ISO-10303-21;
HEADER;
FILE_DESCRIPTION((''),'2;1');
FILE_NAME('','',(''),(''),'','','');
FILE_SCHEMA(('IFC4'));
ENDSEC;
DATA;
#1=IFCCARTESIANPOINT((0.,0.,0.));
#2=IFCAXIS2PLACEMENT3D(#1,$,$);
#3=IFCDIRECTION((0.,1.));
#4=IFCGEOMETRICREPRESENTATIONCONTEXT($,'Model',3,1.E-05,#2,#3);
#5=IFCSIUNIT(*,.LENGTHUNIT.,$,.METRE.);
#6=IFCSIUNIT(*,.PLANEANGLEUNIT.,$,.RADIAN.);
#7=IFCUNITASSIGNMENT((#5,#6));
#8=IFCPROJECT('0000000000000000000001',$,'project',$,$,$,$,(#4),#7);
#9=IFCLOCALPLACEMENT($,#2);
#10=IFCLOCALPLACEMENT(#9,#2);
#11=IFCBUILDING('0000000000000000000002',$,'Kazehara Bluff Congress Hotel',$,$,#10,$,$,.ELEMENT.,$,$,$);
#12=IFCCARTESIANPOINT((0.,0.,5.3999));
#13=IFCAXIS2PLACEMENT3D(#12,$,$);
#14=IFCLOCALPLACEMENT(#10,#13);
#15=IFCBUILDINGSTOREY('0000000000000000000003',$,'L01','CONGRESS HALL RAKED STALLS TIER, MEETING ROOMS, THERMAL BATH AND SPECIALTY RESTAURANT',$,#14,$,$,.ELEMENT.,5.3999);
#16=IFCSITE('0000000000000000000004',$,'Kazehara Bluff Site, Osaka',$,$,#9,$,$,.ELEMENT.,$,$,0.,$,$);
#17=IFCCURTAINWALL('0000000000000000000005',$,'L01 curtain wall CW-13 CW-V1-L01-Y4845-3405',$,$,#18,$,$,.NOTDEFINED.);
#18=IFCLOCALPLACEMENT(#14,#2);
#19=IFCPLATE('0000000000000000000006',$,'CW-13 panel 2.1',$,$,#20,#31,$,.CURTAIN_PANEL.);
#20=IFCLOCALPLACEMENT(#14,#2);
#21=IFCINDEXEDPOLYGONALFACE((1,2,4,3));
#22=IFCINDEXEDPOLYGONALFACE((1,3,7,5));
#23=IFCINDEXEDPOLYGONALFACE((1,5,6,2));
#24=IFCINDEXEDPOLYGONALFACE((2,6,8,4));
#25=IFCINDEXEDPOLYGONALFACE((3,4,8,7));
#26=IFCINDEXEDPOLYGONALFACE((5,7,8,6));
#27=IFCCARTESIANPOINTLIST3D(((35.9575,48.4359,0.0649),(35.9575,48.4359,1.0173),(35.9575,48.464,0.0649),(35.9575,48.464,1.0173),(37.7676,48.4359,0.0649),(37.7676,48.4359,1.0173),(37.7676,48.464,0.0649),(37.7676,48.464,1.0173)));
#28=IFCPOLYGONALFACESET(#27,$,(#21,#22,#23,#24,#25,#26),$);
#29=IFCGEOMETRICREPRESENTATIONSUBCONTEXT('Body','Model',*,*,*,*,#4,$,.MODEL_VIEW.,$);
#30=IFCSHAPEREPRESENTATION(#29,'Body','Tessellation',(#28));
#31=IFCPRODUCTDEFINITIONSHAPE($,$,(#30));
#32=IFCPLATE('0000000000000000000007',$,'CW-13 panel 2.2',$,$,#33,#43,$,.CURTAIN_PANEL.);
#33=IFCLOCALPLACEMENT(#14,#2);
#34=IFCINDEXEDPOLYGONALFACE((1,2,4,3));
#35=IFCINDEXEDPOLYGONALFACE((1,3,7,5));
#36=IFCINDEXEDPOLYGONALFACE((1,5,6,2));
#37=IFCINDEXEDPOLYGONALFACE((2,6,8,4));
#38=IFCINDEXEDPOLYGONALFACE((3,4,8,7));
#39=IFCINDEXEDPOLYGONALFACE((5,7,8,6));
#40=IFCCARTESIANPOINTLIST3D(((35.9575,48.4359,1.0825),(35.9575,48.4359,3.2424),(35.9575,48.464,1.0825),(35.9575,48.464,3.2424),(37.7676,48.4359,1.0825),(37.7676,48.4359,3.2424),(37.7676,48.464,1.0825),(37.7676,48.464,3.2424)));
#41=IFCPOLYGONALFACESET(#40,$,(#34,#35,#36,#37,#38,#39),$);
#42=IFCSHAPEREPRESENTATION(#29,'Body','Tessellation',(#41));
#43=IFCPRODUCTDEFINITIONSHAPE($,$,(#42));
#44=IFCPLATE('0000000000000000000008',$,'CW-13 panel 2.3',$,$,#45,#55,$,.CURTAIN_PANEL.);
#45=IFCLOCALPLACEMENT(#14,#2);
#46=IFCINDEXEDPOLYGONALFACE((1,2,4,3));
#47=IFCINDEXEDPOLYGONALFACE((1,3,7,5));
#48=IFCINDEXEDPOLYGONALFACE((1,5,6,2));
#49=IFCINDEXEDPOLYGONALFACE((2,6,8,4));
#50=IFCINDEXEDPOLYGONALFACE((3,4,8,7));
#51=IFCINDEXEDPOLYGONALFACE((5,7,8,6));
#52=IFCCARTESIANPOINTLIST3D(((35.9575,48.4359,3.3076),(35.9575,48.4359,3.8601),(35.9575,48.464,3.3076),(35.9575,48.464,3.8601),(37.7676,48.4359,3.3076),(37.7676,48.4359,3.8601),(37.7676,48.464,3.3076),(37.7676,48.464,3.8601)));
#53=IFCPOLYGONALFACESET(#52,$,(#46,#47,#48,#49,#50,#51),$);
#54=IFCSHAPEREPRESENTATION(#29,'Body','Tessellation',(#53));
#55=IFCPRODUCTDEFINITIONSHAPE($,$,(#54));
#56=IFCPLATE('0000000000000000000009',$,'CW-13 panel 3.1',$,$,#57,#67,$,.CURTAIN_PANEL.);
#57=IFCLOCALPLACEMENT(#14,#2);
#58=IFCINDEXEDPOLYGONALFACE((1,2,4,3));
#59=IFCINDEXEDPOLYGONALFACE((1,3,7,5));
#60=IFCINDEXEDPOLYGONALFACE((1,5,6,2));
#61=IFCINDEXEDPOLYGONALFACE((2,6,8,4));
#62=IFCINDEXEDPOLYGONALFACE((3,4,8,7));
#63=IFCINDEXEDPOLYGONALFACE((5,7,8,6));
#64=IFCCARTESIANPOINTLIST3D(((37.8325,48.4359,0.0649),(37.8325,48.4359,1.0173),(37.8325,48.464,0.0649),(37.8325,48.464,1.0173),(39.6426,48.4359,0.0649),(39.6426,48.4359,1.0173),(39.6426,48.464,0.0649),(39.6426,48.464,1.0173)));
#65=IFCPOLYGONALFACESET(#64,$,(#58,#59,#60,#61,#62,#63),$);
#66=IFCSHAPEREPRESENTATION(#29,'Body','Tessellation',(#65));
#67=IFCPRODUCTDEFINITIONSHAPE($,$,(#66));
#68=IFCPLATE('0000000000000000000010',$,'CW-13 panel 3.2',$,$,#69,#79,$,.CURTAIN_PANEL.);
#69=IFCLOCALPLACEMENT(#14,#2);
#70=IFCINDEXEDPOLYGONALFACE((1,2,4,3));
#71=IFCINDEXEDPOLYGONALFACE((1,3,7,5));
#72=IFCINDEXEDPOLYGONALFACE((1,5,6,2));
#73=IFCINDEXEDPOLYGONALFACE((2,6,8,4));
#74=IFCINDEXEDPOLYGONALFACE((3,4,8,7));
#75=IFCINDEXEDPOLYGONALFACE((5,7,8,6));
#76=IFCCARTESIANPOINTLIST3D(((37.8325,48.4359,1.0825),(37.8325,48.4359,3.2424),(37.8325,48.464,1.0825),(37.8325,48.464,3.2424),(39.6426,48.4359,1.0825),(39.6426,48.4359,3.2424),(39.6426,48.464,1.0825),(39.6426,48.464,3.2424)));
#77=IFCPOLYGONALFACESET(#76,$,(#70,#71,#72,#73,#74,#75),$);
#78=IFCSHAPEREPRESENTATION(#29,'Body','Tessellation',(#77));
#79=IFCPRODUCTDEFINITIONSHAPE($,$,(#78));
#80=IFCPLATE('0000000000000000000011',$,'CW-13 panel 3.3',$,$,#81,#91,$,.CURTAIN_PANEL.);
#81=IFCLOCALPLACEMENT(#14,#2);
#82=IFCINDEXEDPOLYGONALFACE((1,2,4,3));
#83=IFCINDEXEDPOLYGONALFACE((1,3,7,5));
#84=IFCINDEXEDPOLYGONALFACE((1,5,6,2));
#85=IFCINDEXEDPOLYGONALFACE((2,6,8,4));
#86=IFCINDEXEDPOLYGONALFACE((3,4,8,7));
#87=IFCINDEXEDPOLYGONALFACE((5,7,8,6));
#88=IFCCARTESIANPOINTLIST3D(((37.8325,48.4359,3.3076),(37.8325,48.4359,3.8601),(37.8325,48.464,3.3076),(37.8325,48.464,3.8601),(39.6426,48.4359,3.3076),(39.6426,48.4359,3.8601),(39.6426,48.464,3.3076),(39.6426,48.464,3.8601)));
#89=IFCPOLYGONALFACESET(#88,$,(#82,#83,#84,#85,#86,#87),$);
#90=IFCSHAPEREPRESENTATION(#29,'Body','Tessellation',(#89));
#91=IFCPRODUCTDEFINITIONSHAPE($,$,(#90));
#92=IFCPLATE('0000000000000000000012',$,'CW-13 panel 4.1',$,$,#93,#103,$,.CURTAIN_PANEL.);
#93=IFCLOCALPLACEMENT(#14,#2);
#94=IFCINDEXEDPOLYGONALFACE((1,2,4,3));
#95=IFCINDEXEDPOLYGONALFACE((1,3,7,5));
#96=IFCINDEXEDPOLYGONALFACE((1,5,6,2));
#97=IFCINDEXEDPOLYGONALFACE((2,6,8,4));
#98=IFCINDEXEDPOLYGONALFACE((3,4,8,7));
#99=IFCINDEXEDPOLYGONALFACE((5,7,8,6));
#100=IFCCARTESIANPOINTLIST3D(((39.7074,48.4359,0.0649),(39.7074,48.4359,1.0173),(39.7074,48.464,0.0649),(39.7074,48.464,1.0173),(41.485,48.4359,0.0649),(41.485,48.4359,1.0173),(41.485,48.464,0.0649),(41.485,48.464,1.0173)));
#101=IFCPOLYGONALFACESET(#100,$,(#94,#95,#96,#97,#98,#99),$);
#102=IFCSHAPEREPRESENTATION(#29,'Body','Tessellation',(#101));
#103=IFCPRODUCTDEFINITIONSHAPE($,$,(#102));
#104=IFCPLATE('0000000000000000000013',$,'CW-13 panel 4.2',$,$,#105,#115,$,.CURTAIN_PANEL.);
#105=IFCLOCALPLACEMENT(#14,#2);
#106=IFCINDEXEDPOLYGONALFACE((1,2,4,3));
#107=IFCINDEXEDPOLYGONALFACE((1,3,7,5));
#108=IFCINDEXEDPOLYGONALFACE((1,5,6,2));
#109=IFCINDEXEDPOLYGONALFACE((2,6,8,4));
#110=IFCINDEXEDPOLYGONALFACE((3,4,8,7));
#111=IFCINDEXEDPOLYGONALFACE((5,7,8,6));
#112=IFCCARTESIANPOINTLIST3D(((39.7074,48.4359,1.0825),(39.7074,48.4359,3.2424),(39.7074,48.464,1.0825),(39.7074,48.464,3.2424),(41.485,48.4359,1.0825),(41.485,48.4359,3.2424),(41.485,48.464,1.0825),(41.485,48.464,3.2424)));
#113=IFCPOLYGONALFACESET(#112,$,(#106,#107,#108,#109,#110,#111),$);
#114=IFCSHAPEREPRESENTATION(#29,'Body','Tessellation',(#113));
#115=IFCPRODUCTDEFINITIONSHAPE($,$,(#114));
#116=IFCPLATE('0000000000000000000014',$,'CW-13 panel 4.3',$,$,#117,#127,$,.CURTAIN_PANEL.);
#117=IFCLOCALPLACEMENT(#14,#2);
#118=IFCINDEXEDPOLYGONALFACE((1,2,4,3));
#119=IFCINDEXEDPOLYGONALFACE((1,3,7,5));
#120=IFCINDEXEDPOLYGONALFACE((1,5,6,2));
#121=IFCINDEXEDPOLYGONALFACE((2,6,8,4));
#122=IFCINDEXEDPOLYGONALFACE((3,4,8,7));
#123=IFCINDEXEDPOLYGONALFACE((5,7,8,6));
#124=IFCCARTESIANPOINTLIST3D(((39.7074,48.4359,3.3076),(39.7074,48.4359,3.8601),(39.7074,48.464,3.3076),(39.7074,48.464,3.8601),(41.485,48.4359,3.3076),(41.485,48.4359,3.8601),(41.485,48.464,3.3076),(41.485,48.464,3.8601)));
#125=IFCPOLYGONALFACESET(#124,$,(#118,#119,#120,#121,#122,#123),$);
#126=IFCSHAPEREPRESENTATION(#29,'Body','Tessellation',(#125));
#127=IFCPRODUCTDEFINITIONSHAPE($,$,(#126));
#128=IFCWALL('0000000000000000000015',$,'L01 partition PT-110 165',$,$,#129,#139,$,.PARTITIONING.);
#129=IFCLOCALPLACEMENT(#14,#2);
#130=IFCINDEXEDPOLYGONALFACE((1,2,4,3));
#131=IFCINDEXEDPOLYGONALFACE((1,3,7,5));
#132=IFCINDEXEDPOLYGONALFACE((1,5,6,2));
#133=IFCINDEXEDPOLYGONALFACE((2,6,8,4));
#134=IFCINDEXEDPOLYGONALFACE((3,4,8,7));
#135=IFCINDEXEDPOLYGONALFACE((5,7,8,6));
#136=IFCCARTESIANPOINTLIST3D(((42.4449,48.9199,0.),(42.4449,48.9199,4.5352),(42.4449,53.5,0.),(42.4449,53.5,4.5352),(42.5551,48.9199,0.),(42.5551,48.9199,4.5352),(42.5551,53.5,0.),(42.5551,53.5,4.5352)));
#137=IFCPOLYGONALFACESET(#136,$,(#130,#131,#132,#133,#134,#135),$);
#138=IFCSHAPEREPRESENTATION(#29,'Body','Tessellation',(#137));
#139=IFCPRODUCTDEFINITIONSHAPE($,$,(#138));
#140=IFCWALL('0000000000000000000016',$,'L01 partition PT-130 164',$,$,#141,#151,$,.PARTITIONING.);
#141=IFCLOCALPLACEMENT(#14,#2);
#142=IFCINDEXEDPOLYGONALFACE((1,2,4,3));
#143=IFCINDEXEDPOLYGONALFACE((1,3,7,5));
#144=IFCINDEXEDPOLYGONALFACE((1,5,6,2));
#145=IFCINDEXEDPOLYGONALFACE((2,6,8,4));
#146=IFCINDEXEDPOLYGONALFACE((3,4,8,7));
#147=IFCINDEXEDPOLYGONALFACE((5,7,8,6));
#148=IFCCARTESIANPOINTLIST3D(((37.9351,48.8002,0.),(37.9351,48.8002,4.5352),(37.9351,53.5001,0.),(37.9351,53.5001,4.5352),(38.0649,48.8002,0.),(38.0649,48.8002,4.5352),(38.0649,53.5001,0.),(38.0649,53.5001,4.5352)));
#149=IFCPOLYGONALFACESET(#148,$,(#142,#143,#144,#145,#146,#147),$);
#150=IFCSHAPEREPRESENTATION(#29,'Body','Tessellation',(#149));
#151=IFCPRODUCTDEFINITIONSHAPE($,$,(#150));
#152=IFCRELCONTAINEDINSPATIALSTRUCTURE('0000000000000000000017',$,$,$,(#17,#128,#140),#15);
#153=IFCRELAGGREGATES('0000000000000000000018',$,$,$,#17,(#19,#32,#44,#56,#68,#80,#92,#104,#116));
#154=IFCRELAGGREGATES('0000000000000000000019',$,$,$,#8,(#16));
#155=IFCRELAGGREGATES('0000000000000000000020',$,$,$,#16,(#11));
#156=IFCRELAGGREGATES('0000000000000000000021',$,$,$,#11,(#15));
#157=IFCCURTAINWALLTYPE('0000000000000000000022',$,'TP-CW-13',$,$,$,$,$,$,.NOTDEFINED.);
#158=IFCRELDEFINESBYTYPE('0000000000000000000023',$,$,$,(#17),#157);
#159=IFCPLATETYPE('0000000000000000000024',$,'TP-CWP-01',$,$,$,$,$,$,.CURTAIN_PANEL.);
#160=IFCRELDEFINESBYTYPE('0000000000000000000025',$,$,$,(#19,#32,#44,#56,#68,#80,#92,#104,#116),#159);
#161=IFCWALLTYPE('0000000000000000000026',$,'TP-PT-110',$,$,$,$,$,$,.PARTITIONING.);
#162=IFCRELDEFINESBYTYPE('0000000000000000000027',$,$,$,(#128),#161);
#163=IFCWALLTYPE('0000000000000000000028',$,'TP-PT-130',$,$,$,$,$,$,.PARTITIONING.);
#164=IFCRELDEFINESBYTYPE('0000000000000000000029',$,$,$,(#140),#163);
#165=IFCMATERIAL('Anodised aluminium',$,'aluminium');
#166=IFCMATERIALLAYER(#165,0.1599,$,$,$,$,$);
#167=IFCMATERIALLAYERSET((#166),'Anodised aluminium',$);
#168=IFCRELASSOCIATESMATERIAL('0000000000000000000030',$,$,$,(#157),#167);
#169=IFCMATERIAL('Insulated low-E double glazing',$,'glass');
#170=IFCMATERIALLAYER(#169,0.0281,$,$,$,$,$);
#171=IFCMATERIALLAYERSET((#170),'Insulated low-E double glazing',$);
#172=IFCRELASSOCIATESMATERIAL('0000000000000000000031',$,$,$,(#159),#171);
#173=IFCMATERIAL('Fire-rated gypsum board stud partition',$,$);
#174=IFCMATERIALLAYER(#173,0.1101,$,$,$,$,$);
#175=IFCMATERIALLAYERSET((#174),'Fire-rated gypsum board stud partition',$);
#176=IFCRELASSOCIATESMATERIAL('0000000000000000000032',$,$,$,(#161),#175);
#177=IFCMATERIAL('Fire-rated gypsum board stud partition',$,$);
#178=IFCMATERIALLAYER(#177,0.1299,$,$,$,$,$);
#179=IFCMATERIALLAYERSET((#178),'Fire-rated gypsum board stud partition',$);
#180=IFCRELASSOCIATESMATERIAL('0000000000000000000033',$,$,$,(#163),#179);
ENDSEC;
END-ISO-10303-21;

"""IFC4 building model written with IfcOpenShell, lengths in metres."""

from ifc_helpers import new_model, si_unit, direction, frame, frame_2d, origin, origin_2d, place, context, subcontext, project, spatial, rectangle, extrude, material, layer, layer_set, type_object, element, aggregate, save


model = new_model("IFC4")

# Units and contexts
model_context = context("Model", 3, precision=1e-05, world=origin(), true_north=direction((0.0, 1.0)))
body_context = subcontext(model_context, "Body", "Model", "MODEL_VIEW")
ifc_project = project(units=[si_unit("LENGTHUNIT", "METRE"), si_unit("PLANEANGLEUNIT", "RADIAN")], contexts=[model_context])

# Site, building, storey
site_placement = place(None, origin())
site = spatial("IfcSite", under=ifc_project, at=site_placement, Name="Kazehara Bluff Site, Osaka", CompositionType="ELEMENT", RefElevation=0.0)
building_placement = place(site_placement, origin())
building = spatial("IfcBuilding", under=site, at=building_placement, Name="Kazehara Bluff Congress Hotel", CompositionType="ELEMENT")
storey_placement = place(building_placement, frame((0.0, 0.0, 5.3999)))
storey = spatial("IfcBuildingStorey", under=building, at=storey_placement, Name="L01", Description="CONGRESS HALL RAKED STALLS TIER, MEETING ROOMS, THERMAL BATH AND SPECIALTY RESTAURANT", CompositionType="ELEMENT", Elevation=5.3999)

# Curtain wall
ifc_material_1 = material(Name="Anodised aluminium", Category="aluminium")
ifc_layer_1 = layer(ifc_material_1, 0.1599)
ifc_layer_set_1 = layer_set([ifc_layer_1], Name="Anodised aluminium")
curtain_wall_type = type_object("IfcCurtainWallType", Name="TP-CW-13", PredefinedType="NOTDEFINED", material=ifc_layer_set_1)
curtain_wall_1_placement = place(storey_placement, origin())
curtain_wall_1 = element("IfcCurtainWall", 1, at=curtain_wall_1_placement, inside=storey, type_object=curtain_wall_type, Name="L01 curtain wall CW-13 CW-V1-L01-Y4845-3405", PredefinedType="NOTDEFINED")

# Plates
ifc_material_2 = material(Name="Insulated low-E double glazing", Category="glass")
ifc_layer_2 = layer(ifc_material_2, 0.0281)
ifc_layer_set_2 = layer_set([ifc_layer_2], Name="Insulated low-E double glazing")
plate_type = type_object("IfcPlateType", Name="TP-CWP-01", PredefinedType="CURTAIN_PANEL", material=ifc_layer_set_2)
plate_1_placement = place(storey_placement, frame((36.8625, 48.45, 0.0649), z_axis=(0.0, 0.0, 1.0), x_axis=(1.0, 0.0, 0.0)))
plate_1 = element("IfcPlate", 2, at=plate_1_placement, type_object=plate_type, Name="CW-13 panel 2.1", PredefinedType="CURTAIN_PANEL", context=body_context, shape_type="SweptSolid", body=[
    extrude(rectangle(XDim=1.8101, YDim=0.0281, at=origin_2d()), origin(), (0.0, 0.0, 1.0), 0.9524),
])
plate_2_placement = place(storey_placement, frame((36.8625, 48.45, 1.0825), z_axis=(0.0, 0.0, 1.0), x_axis=(1.0, 0.0, 0.0)))
plate_2 = element("IfcPlate", 3, at=plate_2_placement, type_object=plate_type, Name="CW-13 panel 2.2", PredefinedType="CURTAIN_PANEL", context=body_context, shape_type="SweptSolid", body=[
    extrude(rectangle(XDim=1.8101, YDim=0.0281, at=origin_2d()), origin(), (0.0, 0.0, 1.0), 2.1599),
])
plate_3_placement = place(storey_placement, frame((36.8625, 48.45, 3.3076), z_axis=(0.0, 0.0, 1.0), x_axis=(1.0, 0.0, 0.0)))
plate_3 = element("IfcPlate", 4, at=plate_3_placement, type_object=plate_type, Name="CW-13 panel 2.3", PredefinedType="CURTAIN_PANEL", context=body_context, shape_type="SweptSolid", body=[
    extrude(rectangle(XDim=1.8101, YDim=0.0281, at=origin_2d()), origin(), (0.0, 0.0, 1.0), 0.5525),
])
plate_4_placement = place(storey_placement, frame((38.7375, 48.45, 0.0649), z_axis=(0.0, 0.0, 1.0), x_axis=(1.0, 0.0, 0.0)))
plate_4 = element("IfcPlate", 5, at=plate_4_placement, type_object=plate_type, Name="CW-13 panel 3.1", PredefinedType="CURTAIN_PANEL", context=body_context, shape_type="SweptSolid", body=[
    extrude(rectangle(XDim=1.8101, YDim=0.0281, at=origin_2d()), origin(), (0.0, 0.0, 1.0), 0.9524),
])
plate_5_placement = place(storey_placement, frame((38.7375, 48.45, 1.0825), z_axis=(0.0, 0.0, 1.0), x_axis=(1.0, 0.0, 0.0)))
plate_5 = element("IfcPlate", 6, at=plate_5_placement, type_object=plate_type, Name="CW-13 panel 3.2", PredefinedType="CURTAIN_PANEL", context=body_context, shape_type="SweptSolid", body=[
    extrude(rectangle(XDim=1.8101, YDim=0.0281, at=origin_2d()), origin(), (0.0, 0.0, 1.0), 2.1599),
])
plate_6_placement = place(storey_placement, frame((38.7375, 48.45, 3.3076), z_axis=(0.0, 0.0, 1.0), x_axis=(1.0, 0.0, 0.0)))
plate_6 = element("IfcPlate", 7, at=plate_6_placement, type_object=plate_type, Name="CW-13 panel 3.3", PredefinedType="CURTAIN_PANEL", context=body_context, shape_type="SweptSolid", body=[
    extrude(rectangle(XDim=1.8101, YDim=0.0281, at=origin_2d()), origin(), (0.0, 0.0, 1.0), 0.5525),
])
plate_7_placement = place(storey_placement, frame((40.5962, 48.45, 0.0649), z_axis=(0.0, 0.0, 1.0), x_axis=(1.0, 0.0, 0.0)))
plate_7 = element("IfcPlate", 8, at=plate_7_placement, type_object=plate_type, Name="CW-13 panel 4.1", PredefinedType="CURTAIN_PANEL", context=body_context, shape_type="SweptSolid", body=[
    extrude(rectangle(XDim=1.7776, YDim=0.0281, at=origin_2d()), origin(), (0.0, 0.0, 1.0), 0.9524),
])
plate_8_placement = place(storey_placement, frame((40.5962, 48.45, 1.0825), z_axis=(0.0, 0.0, 1.0), x_axis=(1.0, 0.0, 0.0)))
plate_8 = element("IfcPlate", 9, at=plate_8_placement, type_object=plate_type, Name="CW-13 panel 4.2", PredefinedType="CURTAIN_PANEL", context=body_context, shape_type="SweptSolid", body=[
    extrude(rectangle(XDim=1.7776, YDim=0.0281, at=origin_2d()), origin(), (0.0, 0.0, 1.0), 2.1599),
])
plate_9_placement = place(storey_placement, frame((40.5962, 48.45, 3.3076), z_axis=(0.0, 0.0, 1.0), x_axis=(1.0, 0.0, 0.0)))
plate_9 = element("IfcPlate", 10, at=plate_9_placement, type_object=plate_type, Name="CW-13 panel 4.3", PredefinedType="CURTAIN_PANEL", context=body_context, shape_type="SweptSolid", body=[
    extrude(rectangle(XDim=1.7776, YDim=0.0281, at=origin_2d()), origin(), (0.0, 0.0, 1.0), 0.5525),
])
aggregate(curtain_wall_1, [plate_1, plate_2, plate_3, plate_4, plate_5, plate_6, plate_7, plate_8, plate_9])

# Walls
ifc_material_3 = material(Name="Fire-rated gypsum board stud partition")
ifc_layer_3 = layer(ifc_material_3, 0.1101)
ifc_layer_set_3 = layer_set([ifc_layer_3], Name="Fire-rated gypsum board stud partition")
wall_type_1 = type_object("IfcWallType", Name="TP-PT-110", PredefinedType="PARTITIONING", material=ifc_layer_set_3)
wall_1_placement = place(storey_placement, frame((42.5, 48.9199, 0.0), z_axis=(0.0, 0.0, 1.0), x_axis=(0.0, 1.0, 0.0)))
element("IfcWall", 11, at=wall_1_placement, inside=storey, type_object=wall_type_1, Name="L01 partition PT-110 165", PredefinedType="PARTITIONING", context=body_context, shape_type="SweptSolid", body=[
    extrude(rectangle(XDim=4.5801, YDim=0.1101, at=frame_2d((2.29, 0.0))), origin(), (0.0, 0.0, 1.0), 4.5352),
])
ifc_material_4 = material(Name="Fire-rated gypsum board stud partition")
ifc_layer_4 = layer(ifc_material_4, 0.1299)
ifc_layer_set_4 = layer_set([ifc_layer_4], Name="Fire-rated gypsum board stud partition")
wall_type_2 = type_object("IfcWallType", Name="TP-PT-130", PredefinedType="PARTITIONING", material=ifc_layer_set_4)
wall_2_placement = place(storey_placement, frame((38.0, 48.8, 0.0), z_axis=(0.0, 0.0, 1.0), x_axis=(0.0, 1.0, 0.0)))
element("IfcWall", 12, at=wall_2_placement, inside=storey, type_object=wall_type_2, Name="L01 partition PT-130 164", PredefinedType="PARTITIONING", context=body_context, shape_type="SweptSolid", body=[
    extrude(rectangle(XDim=4.7, YDim=0.1299, at=frame_2d((2.3501, 0.0))), origin(), (0.0, 0.0, 1.0), 4.5352),
])

save(model, "model.ifc")
